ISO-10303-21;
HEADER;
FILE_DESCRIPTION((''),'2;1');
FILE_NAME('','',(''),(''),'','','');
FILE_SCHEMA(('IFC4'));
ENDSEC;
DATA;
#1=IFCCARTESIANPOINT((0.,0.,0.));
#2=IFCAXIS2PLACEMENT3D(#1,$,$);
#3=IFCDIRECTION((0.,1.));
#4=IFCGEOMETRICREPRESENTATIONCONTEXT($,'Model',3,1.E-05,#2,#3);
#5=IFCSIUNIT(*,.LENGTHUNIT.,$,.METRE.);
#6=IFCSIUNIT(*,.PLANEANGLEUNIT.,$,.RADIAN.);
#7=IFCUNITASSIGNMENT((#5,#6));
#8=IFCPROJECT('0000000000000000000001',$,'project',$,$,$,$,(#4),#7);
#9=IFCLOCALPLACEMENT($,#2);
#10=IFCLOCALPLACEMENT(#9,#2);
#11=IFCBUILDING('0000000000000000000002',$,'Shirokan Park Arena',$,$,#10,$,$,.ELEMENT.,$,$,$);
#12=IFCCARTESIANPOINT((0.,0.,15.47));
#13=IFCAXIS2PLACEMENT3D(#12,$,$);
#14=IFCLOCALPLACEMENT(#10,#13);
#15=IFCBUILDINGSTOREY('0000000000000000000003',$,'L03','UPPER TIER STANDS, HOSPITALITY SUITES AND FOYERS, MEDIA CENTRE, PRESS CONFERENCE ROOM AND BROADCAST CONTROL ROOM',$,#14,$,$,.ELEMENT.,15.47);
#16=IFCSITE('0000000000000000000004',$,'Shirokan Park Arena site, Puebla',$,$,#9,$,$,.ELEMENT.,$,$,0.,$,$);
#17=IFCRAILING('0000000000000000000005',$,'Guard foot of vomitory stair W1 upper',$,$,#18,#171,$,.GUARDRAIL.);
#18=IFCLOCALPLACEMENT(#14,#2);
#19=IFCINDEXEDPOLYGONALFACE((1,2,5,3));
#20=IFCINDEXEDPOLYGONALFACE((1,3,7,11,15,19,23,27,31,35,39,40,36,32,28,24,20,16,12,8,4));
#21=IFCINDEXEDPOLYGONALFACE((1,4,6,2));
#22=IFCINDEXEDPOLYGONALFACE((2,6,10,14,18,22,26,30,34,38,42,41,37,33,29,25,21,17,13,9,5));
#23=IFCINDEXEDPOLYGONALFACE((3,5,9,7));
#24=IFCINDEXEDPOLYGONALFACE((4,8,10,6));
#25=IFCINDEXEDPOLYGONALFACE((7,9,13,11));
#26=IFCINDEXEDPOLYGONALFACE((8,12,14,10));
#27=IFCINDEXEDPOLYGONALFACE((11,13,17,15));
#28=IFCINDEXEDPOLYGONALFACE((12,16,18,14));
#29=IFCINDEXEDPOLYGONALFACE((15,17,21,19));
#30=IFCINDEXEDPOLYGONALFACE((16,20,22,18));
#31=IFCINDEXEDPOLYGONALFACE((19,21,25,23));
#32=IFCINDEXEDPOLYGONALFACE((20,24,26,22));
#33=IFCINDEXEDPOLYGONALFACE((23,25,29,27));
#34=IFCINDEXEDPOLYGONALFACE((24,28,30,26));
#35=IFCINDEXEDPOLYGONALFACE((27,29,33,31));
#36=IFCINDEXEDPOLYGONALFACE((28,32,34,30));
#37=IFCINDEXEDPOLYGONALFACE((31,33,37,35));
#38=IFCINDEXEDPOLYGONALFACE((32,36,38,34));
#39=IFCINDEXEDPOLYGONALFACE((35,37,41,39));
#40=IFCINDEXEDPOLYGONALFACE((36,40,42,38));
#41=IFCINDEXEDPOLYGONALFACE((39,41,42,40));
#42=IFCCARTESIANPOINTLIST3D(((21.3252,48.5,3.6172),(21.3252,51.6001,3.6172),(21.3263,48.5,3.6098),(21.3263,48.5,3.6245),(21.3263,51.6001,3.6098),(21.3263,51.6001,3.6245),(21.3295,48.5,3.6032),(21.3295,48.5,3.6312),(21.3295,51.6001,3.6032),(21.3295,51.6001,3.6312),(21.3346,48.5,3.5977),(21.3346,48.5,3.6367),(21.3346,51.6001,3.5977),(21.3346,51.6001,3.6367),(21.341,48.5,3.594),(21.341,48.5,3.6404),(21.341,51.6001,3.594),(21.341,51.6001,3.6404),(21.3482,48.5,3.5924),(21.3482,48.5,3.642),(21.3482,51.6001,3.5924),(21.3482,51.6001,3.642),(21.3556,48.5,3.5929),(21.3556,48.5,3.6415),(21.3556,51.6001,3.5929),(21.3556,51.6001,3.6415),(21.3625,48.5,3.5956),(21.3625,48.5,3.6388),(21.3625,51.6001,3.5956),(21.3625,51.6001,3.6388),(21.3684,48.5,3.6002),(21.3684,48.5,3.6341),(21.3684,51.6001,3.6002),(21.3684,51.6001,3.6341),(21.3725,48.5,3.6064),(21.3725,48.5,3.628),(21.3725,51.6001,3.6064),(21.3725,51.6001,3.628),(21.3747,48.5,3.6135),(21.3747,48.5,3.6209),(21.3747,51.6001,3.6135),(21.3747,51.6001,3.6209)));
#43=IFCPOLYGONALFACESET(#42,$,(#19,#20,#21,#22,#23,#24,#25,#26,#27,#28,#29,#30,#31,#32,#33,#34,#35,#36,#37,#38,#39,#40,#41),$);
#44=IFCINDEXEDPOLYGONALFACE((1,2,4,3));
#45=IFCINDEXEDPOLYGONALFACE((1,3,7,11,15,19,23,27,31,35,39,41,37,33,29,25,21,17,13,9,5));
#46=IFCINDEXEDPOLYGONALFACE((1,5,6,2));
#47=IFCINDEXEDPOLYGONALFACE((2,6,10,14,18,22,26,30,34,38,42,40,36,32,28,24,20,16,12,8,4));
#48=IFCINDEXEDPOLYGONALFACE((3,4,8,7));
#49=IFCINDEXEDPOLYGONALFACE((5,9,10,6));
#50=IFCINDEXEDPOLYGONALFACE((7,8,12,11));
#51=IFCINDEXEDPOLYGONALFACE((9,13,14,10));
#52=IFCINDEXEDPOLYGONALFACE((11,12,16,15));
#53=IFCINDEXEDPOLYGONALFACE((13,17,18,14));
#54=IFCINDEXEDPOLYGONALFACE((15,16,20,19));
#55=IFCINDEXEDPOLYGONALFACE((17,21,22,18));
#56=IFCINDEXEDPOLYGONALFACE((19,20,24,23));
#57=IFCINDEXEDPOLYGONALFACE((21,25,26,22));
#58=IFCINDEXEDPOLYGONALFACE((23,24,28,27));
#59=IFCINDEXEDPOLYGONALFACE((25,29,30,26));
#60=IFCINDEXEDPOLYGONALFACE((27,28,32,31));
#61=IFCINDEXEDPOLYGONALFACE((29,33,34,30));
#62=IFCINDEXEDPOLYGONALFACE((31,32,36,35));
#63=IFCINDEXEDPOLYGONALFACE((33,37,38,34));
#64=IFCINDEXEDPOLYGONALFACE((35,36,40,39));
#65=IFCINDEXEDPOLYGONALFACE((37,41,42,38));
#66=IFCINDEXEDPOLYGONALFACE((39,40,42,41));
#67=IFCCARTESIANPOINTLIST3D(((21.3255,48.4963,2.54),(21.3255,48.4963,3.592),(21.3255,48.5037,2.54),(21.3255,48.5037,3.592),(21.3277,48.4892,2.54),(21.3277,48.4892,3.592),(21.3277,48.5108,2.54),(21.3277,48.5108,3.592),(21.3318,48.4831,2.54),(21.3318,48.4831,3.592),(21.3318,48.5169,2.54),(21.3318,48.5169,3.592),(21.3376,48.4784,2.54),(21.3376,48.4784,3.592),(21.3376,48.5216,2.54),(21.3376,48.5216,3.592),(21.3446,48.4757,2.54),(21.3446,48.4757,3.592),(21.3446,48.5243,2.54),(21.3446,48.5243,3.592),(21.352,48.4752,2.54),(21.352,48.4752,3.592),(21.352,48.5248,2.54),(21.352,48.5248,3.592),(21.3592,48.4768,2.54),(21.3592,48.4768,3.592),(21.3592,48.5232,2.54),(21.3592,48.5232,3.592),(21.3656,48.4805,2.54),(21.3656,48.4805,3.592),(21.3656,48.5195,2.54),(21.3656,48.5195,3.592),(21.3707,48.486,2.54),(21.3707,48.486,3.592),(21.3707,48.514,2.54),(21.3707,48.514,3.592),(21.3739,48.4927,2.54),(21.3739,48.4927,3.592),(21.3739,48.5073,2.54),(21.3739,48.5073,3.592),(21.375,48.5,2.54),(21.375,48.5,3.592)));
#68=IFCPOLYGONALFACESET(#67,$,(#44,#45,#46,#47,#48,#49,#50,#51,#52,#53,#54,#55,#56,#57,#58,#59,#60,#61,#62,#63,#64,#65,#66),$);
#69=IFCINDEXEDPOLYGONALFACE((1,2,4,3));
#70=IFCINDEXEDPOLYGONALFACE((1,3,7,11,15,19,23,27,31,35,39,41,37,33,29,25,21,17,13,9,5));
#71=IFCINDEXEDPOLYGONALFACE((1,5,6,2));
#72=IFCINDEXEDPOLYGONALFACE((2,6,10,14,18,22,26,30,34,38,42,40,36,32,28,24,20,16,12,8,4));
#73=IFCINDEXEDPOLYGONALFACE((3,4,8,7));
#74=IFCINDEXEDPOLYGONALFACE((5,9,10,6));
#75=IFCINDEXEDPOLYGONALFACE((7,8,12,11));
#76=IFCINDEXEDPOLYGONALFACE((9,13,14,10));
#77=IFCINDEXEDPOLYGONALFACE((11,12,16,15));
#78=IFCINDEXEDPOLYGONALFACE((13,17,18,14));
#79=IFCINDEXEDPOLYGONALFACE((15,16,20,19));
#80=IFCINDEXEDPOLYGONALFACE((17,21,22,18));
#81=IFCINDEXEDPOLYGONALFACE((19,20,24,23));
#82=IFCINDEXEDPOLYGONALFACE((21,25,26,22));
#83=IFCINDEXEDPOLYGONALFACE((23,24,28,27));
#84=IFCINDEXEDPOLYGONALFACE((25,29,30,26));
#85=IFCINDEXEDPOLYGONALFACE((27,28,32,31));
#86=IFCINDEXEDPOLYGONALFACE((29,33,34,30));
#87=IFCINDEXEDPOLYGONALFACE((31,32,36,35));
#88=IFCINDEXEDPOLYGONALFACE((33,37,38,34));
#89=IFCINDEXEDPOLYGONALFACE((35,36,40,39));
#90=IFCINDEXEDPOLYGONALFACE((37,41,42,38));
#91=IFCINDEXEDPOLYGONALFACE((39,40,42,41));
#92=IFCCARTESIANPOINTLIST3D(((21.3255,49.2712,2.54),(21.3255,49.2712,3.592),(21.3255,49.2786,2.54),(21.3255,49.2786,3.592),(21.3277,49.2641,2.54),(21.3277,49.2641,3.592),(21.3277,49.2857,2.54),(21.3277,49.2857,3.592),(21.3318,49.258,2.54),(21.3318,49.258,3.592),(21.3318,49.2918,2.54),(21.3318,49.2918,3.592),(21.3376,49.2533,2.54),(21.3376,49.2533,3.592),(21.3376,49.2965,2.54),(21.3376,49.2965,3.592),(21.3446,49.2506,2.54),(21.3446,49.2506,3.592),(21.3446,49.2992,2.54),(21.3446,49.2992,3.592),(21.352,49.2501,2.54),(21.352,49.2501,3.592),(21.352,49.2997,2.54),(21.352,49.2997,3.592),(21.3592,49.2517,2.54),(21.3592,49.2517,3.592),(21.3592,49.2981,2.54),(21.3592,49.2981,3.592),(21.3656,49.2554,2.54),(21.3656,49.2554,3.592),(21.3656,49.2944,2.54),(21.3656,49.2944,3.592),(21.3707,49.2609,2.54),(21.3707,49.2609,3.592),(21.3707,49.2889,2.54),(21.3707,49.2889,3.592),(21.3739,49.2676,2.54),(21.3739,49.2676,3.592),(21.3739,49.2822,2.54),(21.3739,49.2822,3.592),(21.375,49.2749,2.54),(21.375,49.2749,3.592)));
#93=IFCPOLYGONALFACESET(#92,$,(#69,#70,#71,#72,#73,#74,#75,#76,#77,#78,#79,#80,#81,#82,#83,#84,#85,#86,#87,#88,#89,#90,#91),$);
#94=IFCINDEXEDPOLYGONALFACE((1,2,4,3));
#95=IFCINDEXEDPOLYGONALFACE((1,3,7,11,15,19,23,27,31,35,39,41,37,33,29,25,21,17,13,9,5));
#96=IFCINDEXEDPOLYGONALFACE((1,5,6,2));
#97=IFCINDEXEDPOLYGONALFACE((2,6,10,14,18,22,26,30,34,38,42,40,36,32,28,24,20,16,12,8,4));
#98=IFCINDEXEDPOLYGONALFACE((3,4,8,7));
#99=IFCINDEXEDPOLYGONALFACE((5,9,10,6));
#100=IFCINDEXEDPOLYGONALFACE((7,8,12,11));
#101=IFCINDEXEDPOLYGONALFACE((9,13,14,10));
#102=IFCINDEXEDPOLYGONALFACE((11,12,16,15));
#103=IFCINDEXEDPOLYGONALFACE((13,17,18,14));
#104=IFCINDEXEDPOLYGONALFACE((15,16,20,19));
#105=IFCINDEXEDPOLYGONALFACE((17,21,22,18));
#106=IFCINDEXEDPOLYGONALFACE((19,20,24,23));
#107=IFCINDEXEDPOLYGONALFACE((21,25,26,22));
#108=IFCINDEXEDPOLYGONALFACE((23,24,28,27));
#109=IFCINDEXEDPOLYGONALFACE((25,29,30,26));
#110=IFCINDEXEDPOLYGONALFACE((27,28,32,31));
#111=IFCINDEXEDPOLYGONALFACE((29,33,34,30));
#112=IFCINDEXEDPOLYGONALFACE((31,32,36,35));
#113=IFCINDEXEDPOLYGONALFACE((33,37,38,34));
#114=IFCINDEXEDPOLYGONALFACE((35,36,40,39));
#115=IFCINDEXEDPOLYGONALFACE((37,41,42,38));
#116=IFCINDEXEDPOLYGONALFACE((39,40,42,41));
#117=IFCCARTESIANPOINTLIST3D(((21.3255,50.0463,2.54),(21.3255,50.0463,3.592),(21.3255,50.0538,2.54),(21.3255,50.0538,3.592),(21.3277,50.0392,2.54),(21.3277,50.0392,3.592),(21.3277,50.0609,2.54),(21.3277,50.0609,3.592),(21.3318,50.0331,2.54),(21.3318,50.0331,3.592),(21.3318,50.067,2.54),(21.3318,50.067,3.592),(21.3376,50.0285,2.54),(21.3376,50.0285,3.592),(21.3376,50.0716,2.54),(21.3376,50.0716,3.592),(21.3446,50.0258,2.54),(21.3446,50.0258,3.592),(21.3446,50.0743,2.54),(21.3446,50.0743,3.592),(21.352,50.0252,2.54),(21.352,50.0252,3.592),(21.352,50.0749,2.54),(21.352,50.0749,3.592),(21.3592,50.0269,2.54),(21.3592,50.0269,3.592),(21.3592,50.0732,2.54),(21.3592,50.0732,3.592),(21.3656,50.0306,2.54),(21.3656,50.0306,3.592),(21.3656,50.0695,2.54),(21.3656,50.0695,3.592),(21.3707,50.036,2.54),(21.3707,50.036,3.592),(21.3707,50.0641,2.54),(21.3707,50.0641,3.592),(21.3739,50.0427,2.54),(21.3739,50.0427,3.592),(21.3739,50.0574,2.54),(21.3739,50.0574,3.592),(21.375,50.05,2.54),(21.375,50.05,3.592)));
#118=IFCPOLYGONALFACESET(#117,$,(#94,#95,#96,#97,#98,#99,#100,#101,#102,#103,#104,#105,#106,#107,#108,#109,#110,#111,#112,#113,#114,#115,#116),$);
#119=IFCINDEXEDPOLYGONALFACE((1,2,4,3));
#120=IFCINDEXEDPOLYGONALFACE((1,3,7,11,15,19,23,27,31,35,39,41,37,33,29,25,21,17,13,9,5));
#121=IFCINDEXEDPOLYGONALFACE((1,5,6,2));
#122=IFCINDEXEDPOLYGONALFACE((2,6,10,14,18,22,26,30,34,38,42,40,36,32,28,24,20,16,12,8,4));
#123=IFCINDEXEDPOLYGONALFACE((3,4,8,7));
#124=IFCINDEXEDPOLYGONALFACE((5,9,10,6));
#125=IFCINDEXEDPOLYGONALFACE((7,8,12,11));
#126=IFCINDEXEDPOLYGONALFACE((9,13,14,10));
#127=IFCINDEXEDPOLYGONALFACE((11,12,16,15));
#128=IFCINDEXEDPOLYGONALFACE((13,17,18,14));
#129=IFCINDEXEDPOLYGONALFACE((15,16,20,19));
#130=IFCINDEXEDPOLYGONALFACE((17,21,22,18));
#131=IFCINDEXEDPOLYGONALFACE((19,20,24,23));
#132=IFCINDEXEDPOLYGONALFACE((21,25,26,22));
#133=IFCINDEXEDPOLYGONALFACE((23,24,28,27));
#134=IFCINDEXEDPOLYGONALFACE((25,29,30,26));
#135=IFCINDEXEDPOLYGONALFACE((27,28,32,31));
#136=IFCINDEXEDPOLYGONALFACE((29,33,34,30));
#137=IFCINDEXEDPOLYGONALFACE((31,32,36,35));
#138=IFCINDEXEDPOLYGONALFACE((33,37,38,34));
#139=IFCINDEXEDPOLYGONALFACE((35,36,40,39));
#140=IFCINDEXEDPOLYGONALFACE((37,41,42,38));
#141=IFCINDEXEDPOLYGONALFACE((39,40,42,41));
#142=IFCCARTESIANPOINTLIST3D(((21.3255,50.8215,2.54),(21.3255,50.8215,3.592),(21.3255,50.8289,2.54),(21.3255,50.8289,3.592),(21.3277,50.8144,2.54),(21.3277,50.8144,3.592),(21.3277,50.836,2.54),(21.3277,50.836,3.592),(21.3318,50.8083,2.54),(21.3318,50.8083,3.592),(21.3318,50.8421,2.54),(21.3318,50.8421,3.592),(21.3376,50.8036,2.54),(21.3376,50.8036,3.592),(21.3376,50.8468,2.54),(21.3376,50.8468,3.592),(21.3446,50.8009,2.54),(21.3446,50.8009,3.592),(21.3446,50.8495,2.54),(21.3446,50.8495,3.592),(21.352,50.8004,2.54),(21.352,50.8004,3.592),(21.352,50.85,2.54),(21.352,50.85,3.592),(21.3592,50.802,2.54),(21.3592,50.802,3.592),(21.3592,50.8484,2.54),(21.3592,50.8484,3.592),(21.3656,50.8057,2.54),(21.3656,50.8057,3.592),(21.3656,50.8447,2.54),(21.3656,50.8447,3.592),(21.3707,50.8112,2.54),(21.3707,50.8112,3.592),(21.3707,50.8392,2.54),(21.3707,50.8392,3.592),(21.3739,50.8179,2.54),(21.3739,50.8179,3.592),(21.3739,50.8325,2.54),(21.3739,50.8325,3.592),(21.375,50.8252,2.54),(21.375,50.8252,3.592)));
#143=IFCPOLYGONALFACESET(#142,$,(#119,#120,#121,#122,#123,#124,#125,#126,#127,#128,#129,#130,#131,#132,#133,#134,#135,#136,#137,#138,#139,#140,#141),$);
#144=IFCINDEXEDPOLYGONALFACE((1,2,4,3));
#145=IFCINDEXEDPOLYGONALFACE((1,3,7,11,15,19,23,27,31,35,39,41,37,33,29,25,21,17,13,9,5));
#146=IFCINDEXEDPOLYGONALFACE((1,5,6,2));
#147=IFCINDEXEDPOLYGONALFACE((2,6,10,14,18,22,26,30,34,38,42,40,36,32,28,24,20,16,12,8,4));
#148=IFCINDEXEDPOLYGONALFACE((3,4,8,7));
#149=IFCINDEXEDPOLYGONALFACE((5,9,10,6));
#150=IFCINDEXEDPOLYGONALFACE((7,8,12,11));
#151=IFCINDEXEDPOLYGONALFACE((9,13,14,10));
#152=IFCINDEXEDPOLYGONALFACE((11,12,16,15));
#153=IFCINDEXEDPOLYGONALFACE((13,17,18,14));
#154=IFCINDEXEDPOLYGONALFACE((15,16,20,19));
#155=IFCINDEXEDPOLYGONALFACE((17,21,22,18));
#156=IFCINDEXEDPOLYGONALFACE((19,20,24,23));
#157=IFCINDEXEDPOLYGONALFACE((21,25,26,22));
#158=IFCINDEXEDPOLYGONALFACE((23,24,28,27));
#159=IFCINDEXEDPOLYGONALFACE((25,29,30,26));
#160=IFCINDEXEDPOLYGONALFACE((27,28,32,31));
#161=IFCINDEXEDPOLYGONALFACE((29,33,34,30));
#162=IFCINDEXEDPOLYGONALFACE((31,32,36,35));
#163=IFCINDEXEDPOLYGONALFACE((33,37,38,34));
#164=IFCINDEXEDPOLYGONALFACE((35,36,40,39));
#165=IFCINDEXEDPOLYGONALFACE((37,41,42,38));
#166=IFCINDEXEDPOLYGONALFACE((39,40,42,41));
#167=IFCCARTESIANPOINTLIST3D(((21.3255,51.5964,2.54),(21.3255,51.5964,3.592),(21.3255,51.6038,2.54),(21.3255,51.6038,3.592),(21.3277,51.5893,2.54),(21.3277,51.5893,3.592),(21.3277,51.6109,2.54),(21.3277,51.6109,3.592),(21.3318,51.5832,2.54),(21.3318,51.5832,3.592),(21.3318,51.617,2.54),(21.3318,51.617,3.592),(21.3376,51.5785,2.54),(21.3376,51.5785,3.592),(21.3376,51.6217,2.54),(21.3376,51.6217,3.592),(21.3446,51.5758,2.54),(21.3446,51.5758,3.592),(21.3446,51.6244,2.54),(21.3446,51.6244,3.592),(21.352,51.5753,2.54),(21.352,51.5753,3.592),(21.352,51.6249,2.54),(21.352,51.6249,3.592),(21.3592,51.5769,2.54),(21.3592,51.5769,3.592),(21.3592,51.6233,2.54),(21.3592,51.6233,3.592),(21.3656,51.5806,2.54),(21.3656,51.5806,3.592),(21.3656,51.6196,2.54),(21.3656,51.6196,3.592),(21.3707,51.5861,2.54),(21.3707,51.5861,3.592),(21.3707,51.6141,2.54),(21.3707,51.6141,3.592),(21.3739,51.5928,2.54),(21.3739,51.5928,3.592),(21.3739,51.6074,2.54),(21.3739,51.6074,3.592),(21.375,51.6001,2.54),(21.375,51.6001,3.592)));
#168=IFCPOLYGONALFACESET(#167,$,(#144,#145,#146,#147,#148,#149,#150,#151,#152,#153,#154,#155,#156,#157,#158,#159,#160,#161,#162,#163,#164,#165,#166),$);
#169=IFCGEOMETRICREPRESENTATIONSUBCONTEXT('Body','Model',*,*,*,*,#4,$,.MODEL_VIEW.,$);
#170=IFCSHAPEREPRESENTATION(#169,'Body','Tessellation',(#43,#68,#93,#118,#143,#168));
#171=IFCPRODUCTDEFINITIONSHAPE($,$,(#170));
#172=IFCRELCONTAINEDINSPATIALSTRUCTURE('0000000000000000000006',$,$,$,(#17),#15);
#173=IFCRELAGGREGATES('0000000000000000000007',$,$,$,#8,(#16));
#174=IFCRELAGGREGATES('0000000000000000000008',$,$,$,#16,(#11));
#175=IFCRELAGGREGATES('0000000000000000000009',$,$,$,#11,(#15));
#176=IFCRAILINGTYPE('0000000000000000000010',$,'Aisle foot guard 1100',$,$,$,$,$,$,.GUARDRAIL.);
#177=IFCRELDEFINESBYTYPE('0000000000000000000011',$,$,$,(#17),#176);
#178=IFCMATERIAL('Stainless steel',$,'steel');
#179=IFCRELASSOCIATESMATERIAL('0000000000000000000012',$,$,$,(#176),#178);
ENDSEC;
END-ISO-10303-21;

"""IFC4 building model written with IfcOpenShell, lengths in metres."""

from ifc_helpers import new_model, si_unit, direction, frame, origin, origin_2d, place, context, subcontext, project, spatial, circle, extrude, material, type_object, element, save


model = new_model("IFC4")

# Units and contexts
model_context = context("Model", 3, precision=1e-05, world=origin(), true_north=direction((0.0, 1.0)))
body_context = subcontext(model_context, "Body", "Model", "MODEL_VIEW")
ifc_project = project(units=[si_unit("LENGTHUNIT", "METRE"), si_unit("PLANEANGLEUNIT", "RADIAN")], contexts=[model_context])

# Site, building, storey
site_placement = place(None, origin())
site = spatial("IfcSite", under=ifc_project, at=site_placement, Name="Shirokan Park Arena site, Puebla", CompositionType="ELEMENT", RefElevation=0.0)
building_placement = place(site_placement, origin())
building = spatial("IfcBuilding", under=site, at=building_placement, Name="Shirokan Park Arena", CompositionType="ELEMENT")
storey_placement = place(building_placement, frame((0.0, 0.0, 15.47)))
storey = spatial("IfcBuildingStorey", under=building, at=storey_placement, Name="L03", Description="UPPER TIER STANDS, HOSPITALITY SUITES AND FOYERS, MEDIA CENTRE, PRESS CONFERENCE ROOM AND BROADCAST CONTROL ROOM", CompositionType="ELEMENT", Elevation=15.47)

# Railing
ifc_material_1 = material(Name="Stainless steel", Category="steel")
railing_type_1 = type_object("IfcRailingType", Name="Aisle foot guard 1100", PredefinedType="GUARDRAIL", material=ifc_material_1)
railing_1_placement = place(storey_placement, frame((21.3501, 48.5, 2.54)))
element("IfcRailing", 1, at=railing_1_placement, inside=storey, type_object=railing_type_1, Name="Guard foot of vomitory stair W1 upper", PredefinedType="GUARDRAIL", context=body_context, shape_type="SweptSolid", body=[
    extrude(circle(Radius=0.0249, at=origin_2d()), frame((0.0, 0.0, 1.0771), z_axis=(0.0, 1.0, 0.0), x_axis=(-1.0, 0.0, 0.0)), (0.0, 0.0, 1.0), 3.1001),
    extrude(circle(Radius=0.0249, at=origin_2d()), origin(), (0.0, 0.0, 1.0), 1.052),
    extrude(circle(Radius=0.0249, at=origin_2d()), frame((0.0, 0.7749, 0.0)), (0.0, 0.0, 1.0), 1.052),
    extrude(circle(Radius=0.0249, at=origin_2d()), frame((0.0, 1.55, 0.0)), (0.0, 0.0, 1.0), 1.052),
    extrude(circle(Radius=0.0249, at=origin_2d()), frame((0.0, 2.3252, 0.0)), (0.0, 0.0, 1.0), 1.052),
    extrude(circle(Radius=0.0249, at=origin_2d()), frame((0.0, 3.1001, 0.0)), (0.0, 0.0, 1.0), 1.052),
])

save(model, "model.ifc")
